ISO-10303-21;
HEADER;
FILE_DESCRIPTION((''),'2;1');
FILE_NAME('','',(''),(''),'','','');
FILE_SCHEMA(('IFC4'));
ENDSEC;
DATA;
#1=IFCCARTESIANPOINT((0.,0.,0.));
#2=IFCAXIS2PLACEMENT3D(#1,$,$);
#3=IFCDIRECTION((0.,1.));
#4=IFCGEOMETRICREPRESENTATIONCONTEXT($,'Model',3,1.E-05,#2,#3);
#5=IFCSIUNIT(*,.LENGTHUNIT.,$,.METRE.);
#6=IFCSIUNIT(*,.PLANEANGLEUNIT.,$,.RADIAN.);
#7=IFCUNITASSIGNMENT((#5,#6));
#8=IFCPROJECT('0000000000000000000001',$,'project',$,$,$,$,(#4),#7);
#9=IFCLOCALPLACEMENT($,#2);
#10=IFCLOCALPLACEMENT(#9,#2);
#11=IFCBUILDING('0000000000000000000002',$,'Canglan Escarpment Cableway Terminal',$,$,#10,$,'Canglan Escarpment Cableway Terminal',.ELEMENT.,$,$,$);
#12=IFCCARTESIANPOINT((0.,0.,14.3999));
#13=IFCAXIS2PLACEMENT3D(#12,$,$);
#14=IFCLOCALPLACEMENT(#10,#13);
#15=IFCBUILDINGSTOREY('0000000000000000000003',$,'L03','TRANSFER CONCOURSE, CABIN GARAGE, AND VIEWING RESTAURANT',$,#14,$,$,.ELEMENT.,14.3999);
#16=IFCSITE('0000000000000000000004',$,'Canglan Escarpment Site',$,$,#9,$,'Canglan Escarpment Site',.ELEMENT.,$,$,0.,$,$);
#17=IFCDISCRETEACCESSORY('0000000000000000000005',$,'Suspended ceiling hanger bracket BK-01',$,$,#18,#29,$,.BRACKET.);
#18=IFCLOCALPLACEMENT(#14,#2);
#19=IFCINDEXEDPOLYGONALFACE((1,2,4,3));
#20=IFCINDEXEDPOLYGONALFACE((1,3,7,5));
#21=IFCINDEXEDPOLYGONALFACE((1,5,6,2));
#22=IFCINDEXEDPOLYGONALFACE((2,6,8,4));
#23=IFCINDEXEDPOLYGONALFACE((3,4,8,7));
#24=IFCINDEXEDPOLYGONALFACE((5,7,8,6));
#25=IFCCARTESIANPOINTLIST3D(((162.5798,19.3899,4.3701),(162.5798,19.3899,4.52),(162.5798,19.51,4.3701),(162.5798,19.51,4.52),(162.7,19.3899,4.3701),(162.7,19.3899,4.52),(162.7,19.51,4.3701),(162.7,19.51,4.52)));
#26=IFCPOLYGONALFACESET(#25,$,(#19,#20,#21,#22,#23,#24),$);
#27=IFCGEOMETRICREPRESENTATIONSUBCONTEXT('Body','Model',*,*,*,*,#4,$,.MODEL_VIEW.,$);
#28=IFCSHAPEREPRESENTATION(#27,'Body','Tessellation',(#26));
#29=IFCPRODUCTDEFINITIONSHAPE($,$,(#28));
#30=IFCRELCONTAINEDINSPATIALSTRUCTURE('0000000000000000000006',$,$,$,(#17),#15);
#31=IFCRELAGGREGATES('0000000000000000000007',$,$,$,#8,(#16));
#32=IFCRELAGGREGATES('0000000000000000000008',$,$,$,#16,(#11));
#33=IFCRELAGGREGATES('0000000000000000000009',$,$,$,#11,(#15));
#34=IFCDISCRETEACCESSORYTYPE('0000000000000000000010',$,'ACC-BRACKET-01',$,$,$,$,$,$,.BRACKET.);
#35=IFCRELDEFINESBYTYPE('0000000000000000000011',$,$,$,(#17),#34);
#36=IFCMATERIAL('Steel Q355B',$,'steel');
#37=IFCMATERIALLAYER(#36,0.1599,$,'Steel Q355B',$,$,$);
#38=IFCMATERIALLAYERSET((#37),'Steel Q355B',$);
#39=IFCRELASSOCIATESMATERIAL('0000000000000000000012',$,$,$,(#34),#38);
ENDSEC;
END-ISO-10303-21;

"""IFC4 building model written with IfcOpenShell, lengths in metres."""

from ifc_helpers import new_model, si_unit, direction, frame, origin, origin_2d, place, context, subcontext, project, spatial, rectangle, extrude, material, layer, layer_set, type_object, element, save


model = new_model("IFC4")

# Units and contexts
model_context = context("Model", 3, precision=1e-05, world=origin(), true_north=direction((0.0, 1.0)))
body_context = subcontext(model_context, "Body", "Model", "MODEL_VIEW")
ifc_project = project(units=[si_unit("LENGTHUNIT", "METRE"), si_unit("PLANEANGLEUNIT", "RADIAN")], contexts=[model_context])

# Site, building, storey
site_placement = place(None, origin())
site = spatial("IfcSite", under=ifc_project, at=site_placement, Name="Canglan Escarpment Site", LongName="Canglan Escarpment Site", CompositionType="ELEMENT", RefElevation=0.0)
building_placement = place(site_placement, origin())
building = spatial("IfcBuilding", under=site, at=building_placement, Name="Canglan Escarpment Cableway Terminal", LongName="Canglan Escarpment Cableway Terminal", CompositionType="ELEMENT")
storey_placement = place(building_placement, frame((0.0, 0.0, 14.3999)))
storey = spatial("IfcBuildingStorey", under=building, at=storey_placement, Name="L03", Description="TRANSFER CONCOURSE, CABIN GARAGE, AND VIEWING RESTAURANT", CompositionType="ELEMENT", Elevation=14.3999)

# Shared definitions
ifc_material_1 = material(Name="Steel Q355B", Category="steel")

# Discrete accessory
ifc_layer_1 = layer(ifc_material_1, 0.1599, Name="Steel Q355B")
ifc_layer_set_1 = layer_set([ifc_layer_1], Name="Steel Q355B")
discrete_accessory_type = type_object("IfcDiscreteAccessoryType", Name="ACC-BRACKET-01", PredefinedType="BRACKET", material=ifc_layer_set_1)
discrete_accessory_placement = place(storey_placement, frame((162.6399, 19.45, 4.3701), z_axis=(0.0, 0.0, 1.0), x_axis=(1.0, 0.0, 0.0)))
element("IfcDiscreteAccessory", 1, at=discrete_accessory_placement, inside=storey, type_object=discrete_accessory_type, Name="Suspended ceiling hanger bracket BK-01", PredefinedType="BRACKET", context=body_context, shape_type="SweptSolid", body=[
    extrude(rectangle(XDim=0.1201, YDim=0.1201, at=origin_2d()), origin(), (0.0, 0.0, 1.0), 0.1499),
])

save(model, "model.ifc")
